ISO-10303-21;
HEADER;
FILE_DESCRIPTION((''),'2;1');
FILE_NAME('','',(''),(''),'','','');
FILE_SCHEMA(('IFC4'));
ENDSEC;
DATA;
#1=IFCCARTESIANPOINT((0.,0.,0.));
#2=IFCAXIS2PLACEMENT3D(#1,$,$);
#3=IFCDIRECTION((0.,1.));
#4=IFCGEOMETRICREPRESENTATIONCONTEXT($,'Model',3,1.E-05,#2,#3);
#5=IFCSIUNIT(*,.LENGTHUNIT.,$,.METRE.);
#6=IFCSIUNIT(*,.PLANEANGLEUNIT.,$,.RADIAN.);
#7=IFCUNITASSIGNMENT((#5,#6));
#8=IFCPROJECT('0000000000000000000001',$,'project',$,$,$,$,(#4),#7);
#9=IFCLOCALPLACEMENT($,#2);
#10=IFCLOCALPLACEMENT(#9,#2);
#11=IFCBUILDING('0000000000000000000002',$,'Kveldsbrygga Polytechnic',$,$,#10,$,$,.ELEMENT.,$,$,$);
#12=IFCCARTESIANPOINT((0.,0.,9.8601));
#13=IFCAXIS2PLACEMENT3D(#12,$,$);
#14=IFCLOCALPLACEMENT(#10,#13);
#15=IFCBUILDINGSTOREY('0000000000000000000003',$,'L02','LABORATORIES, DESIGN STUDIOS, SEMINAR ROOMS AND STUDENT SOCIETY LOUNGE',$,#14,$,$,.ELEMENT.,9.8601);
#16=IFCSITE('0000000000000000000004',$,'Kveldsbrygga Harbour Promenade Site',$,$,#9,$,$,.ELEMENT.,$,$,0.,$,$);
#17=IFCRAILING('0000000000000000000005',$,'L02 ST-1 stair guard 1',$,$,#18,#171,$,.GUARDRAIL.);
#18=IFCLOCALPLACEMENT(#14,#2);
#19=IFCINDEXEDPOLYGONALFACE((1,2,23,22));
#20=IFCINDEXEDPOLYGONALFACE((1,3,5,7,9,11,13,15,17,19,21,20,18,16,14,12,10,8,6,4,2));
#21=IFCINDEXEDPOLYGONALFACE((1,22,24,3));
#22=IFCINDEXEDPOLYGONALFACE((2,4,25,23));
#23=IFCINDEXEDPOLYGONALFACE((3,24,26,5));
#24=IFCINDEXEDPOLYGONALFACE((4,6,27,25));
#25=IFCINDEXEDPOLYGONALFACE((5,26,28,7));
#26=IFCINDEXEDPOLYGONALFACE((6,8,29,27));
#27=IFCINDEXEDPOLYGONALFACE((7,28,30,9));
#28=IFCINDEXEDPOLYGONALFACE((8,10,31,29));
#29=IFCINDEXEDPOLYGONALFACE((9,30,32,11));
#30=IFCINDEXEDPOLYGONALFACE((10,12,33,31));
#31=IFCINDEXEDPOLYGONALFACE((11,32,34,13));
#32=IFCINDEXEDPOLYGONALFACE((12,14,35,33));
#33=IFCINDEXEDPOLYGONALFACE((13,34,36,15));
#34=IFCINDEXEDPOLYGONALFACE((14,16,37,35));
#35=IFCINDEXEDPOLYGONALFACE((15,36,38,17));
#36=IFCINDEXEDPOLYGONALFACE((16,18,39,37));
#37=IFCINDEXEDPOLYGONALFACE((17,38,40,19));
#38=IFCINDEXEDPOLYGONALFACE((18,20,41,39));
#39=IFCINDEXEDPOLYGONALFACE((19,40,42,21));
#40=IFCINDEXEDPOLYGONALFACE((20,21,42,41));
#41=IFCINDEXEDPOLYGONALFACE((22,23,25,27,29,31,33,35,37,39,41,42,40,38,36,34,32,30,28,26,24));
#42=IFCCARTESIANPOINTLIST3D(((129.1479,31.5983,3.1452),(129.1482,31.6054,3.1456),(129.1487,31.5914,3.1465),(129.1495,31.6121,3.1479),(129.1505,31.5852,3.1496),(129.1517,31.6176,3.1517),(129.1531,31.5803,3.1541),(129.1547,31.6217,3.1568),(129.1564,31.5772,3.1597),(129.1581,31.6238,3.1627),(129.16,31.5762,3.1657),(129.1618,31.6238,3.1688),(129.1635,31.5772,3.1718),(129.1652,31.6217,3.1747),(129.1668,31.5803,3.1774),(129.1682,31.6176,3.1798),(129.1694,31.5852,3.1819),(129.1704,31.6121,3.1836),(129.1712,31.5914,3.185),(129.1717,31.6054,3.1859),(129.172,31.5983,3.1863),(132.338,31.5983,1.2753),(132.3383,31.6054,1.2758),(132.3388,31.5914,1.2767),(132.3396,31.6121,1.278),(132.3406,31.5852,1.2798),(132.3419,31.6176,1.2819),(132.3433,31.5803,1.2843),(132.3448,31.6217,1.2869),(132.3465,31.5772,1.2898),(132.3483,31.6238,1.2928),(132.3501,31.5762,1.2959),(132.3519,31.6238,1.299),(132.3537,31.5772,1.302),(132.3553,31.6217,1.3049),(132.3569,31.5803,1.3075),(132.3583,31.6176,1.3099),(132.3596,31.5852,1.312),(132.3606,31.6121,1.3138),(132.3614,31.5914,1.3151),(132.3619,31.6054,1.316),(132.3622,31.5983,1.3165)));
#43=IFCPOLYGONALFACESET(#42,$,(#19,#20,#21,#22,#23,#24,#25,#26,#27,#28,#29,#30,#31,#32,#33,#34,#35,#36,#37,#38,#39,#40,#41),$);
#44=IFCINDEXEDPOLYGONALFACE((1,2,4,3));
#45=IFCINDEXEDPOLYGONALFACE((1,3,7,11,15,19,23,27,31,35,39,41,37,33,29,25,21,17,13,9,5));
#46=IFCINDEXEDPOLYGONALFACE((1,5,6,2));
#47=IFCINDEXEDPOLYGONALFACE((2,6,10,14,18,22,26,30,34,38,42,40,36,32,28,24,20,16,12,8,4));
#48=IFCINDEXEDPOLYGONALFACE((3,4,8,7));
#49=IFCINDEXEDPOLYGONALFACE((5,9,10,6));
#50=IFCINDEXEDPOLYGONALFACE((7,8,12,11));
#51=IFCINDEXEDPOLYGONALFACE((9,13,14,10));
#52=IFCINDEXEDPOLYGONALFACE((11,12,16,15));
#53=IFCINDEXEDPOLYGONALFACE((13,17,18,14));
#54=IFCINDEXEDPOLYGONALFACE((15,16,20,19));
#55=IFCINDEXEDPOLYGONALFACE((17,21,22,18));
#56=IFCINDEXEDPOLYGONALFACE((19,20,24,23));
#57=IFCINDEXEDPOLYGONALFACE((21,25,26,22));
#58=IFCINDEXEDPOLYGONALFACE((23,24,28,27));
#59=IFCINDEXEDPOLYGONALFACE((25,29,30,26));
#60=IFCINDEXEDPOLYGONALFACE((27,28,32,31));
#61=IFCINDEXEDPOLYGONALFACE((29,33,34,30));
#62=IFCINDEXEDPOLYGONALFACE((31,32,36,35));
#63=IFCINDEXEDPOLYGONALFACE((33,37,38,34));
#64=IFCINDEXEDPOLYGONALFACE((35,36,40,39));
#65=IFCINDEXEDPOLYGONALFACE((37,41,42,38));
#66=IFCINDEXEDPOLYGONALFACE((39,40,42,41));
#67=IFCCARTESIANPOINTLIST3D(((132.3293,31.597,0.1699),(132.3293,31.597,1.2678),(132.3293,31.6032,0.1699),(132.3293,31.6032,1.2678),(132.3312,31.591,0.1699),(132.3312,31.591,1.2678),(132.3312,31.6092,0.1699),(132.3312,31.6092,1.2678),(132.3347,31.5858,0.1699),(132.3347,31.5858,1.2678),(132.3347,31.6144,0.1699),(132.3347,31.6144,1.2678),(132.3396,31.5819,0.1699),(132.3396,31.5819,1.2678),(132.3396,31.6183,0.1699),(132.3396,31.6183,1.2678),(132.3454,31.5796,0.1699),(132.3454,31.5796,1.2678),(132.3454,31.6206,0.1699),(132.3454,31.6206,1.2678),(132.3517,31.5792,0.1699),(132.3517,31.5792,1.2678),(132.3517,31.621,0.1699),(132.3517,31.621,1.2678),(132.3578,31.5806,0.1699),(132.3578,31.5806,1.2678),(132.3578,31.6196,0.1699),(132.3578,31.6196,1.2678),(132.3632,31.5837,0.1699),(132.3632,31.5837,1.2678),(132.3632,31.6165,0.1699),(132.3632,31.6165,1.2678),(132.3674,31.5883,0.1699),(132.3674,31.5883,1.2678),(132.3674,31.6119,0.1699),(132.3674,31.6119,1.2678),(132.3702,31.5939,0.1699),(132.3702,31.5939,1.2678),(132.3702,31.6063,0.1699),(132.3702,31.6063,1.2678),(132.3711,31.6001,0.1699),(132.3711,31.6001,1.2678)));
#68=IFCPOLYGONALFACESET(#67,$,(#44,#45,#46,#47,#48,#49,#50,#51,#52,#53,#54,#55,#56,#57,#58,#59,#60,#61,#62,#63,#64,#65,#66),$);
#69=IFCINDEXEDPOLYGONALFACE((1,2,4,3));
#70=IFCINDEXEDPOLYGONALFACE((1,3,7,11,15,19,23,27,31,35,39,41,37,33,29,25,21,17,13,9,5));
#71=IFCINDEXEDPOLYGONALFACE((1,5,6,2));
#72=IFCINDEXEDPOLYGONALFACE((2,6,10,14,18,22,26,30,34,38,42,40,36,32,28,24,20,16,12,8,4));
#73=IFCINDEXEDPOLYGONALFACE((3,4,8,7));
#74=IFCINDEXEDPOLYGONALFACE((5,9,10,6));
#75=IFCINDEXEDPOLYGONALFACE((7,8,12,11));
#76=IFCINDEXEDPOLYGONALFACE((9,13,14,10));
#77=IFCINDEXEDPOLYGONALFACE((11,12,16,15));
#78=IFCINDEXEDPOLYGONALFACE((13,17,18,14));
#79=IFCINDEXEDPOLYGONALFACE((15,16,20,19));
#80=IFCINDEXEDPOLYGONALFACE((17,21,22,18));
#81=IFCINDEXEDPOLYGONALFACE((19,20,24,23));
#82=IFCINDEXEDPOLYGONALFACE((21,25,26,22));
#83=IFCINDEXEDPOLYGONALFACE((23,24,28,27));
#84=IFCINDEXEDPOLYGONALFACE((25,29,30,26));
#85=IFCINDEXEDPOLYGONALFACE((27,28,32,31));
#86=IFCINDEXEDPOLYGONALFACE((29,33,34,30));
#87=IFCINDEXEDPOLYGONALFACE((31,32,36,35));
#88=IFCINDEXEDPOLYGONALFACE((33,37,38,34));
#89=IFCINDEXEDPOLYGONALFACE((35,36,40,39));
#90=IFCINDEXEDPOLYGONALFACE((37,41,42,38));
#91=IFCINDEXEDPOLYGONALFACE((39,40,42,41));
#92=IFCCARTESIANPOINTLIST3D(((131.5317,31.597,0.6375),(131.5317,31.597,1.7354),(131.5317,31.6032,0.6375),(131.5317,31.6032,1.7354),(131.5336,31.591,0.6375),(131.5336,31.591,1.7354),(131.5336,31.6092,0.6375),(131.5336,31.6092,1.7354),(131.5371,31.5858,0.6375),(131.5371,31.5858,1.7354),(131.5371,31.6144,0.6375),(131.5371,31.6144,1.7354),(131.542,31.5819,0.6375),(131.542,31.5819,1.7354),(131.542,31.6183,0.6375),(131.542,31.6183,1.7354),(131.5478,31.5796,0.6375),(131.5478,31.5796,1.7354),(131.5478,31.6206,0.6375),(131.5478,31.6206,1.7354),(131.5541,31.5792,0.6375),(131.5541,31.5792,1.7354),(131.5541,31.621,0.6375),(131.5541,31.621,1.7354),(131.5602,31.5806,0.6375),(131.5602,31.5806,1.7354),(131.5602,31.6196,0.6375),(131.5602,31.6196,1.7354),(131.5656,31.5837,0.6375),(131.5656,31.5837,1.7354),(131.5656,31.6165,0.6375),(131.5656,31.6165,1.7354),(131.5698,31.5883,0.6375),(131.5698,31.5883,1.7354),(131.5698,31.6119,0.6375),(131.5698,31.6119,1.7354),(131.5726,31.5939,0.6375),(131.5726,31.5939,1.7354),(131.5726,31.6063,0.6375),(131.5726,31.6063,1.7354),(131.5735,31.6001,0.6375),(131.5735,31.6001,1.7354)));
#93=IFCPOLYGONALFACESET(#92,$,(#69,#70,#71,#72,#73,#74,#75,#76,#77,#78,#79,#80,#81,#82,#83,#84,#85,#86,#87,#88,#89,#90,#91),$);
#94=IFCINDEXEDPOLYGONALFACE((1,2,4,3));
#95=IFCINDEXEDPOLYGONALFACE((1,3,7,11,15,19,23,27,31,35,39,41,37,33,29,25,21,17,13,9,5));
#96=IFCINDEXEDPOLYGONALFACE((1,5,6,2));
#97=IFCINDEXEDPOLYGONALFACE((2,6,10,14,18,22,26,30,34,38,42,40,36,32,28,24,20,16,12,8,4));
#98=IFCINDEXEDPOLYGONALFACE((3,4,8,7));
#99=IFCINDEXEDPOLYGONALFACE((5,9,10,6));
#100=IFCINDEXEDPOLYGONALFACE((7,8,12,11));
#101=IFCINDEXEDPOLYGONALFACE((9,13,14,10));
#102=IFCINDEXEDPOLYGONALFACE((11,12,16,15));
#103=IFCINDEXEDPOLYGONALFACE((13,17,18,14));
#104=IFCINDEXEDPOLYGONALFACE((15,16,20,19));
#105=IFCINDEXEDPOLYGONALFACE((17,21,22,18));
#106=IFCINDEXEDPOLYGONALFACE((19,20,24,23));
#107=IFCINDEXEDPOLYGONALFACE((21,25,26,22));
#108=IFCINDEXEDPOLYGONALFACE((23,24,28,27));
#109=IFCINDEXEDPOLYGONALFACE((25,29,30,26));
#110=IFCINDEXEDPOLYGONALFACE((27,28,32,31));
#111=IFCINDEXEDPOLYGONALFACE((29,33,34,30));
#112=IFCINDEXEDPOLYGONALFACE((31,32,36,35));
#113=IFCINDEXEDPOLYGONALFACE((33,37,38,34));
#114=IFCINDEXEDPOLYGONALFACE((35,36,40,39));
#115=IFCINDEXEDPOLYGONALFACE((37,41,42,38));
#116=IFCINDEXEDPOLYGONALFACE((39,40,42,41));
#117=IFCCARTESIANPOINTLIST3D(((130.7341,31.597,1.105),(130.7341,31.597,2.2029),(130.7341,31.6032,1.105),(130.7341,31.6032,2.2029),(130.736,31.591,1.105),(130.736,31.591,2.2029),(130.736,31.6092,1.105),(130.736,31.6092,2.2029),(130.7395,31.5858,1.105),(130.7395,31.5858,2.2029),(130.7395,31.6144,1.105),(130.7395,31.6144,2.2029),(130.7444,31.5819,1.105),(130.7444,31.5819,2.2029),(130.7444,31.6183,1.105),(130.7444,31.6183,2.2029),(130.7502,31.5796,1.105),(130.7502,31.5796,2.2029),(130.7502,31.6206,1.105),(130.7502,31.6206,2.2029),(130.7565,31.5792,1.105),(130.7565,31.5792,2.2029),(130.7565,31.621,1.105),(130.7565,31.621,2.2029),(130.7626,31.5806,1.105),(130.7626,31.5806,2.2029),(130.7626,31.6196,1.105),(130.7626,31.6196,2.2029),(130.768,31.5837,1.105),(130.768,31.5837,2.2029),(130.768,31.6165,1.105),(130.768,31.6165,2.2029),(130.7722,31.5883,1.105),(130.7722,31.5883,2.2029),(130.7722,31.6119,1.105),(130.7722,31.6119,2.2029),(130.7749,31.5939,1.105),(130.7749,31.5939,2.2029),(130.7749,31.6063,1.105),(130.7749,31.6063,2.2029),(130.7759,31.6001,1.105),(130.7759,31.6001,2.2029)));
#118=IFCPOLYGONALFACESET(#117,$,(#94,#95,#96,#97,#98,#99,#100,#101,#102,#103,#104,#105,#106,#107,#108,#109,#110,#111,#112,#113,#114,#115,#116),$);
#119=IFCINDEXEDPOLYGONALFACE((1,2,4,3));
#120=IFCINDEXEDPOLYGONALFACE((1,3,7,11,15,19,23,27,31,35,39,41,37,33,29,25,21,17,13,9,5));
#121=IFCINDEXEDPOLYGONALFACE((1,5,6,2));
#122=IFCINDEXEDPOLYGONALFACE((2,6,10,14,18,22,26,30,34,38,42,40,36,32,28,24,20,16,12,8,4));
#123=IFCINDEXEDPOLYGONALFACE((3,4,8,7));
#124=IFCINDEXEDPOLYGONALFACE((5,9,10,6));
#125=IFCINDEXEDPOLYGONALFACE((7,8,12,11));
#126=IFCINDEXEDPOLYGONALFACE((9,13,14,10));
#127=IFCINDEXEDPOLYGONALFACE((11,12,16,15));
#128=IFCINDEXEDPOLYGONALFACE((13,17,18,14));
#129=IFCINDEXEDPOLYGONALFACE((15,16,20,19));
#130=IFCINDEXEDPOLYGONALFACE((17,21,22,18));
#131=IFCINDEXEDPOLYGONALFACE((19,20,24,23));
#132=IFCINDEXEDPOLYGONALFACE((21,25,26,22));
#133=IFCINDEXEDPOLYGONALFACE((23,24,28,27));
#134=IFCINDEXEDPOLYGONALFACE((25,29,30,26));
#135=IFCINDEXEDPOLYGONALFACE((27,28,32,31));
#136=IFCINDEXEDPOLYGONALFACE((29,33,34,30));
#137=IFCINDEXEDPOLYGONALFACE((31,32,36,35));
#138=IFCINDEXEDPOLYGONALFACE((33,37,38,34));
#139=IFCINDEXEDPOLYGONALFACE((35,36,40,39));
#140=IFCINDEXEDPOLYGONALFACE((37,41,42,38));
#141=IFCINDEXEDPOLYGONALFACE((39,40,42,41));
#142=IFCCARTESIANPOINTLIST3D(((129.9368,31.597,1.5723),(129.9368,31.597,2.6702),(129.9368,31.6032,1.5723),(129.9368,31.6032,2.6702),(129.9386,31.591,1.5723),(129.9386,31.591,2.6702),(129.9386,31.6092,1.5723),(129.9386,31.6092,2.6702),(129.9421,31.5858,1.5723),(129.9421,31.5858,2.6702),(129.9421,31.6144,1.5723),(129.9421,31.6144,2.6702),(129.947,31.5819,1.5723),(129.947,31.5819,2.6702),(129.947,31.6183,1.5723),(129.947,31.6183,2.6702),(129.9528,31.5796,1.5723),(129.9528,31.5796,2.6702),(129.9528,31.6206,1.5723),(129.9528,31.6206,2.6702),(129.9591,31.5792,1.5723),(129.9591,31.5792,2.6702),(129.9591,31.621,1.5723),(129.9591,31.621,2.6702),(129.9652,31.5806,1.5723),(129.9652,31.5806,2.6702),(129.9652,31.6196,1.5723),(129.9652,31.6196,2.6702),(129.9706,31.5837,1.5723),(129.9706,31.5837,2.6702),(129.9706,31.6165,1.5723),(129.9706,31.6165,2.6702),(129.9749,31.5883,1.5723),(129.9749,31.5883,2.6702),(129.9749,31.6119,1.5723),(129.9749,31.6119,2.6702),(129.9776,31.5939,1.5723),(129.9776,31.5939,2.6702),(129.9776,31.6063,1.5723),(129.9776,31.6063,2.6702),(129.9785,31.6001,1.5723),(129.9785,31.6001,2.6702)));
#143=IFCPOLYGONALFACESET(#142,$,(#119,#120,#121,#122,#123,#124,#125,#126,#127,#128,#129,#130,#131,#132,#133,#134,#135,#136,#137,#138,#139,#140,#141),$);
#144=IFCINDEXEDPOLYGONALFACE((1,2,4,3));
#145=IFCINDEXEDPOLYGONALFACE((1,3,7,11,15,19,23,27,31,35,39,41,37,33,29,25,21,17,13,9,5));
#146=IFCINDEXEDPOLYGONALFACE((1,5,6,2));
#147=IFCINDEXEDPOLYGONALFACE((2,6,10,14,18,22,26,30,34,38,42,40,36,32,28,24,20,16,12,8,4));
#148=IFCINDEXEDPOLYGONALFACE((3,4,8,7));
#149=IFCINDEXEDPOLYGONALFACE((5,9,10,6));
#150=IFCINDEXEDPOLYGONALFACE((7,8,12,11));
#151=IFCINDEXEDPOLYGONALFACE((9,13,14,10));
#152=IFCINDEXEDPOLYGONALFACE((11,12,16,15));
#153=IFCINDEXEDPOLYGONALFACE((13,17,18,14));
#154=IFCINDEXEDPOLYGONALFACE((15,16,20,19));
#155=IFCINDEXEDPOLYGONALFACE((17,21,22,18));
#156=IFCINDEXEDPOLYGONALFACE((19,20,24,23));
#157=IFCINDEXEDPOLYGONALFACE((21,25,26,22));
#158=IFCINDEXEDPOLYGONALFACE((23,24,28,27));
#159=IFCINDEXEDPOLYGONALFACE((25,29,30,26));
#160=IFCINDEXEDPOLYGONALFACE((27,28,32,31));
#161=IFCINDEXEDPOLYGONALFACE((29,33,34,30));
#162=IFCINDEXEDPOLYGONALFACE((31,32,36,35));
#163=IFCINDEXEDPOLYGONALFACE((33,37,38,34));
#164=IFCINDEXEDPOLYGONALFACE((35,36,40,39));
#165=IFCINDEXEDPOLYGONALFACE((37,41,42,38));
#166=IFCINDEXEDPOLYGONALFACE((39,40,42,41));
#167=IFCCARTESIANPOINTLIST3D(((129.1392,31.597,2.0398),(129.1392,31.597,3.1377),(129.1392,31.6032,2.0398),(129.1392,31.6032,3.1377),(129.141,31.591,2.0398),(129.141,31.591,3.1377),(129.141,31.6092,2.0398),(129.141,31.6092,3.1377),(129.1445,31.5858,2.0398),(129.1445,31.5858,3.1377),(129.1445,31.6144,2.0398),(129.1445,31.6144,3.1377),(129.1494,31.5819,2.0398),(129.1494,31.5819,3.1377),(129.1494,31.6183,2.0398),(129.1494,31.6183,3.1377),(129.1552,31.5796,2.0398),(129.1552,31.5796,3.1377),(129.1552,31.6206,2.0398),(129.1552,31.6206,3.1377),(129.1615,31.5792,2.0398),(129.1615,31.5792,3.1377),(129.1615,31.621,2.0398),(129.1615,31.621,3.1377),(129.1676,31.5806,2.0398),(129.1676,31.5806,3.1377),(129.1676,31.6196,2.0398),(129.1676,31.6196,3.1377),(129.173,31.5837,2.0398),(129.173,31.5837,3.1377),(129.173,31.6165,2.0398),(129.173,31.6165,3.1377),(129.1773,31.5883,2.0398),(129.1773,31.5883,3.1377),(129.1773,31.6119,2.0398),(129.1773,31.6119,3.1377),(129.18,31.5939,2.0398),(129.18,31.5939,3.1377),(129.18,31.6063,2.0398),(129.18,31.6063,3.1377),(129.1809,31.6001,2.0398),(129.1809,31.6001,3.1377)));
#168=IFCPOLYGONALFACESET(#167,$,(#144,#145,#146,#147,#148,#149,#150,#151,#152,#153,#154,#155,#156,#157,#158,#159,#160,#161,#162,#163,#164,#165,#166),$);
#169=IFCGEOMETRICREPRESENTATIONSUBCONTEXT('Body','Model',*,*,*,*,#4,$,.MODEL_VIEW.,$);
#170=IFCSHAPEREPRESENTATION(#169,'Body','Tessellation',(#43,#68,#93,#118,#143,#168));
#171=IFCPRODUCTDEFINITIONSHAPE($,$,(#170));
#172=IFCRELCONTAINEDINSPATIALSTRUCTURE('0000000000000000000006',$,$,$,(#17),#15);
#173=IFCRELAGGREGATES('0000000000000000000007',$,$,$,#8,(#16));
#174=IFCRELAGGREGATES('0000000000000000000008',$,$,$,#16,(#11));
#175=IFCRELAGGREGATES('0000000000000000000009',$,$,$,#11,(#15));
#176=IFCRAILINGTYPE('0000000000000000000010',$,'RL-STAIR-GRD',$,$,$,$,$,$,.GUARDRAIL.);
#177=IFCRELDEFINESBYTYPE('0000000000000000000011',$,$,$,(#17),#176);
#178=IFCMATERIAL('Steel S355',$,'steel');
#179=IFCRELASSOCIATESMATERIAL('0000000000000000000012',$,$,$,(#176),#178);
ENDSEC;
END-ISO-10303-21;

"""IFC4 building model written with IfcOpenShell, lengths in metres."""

from ifc_helpers import new_model, si_unit, direction, frame, origin, origin_2d, place, context, subcontext, project, spatial, circle, extrude, material, type_object, element, save


model = new_model("IFC4")

# Units and contexts
model_context = context("Model", 3, precision=1e-05, world=origin(), true_north=direction((0.0, 1.0)))
body_context = subcontext(model_context, "Body", "Model", "MODEL_VIEW")
ifc_project = project(units=[si_unit("LENGTHUNIT", "METRE"), si_unit("PLANEANGLEUNIT", "RADIAN")], contexts=[model_context])

# Site, building, storey
site_placement = place(None, origin())
site = spatial("IfcSite", under=ifc_project, at=site_placement, Name="Kveldsbrygga Harbour Promenade Site", CompositionType="ELEMENT", RefElevation=0.0)
building_placement = place(site_placement, origin())
building = spatial("IfcBuilding", under=site, at=building_placement, Name="Kveldsbrygga Polytechnic", CompositionType="ELEMENT")
storey_placement = place(building_placement, frame((0.0, 0.0, 9.8601)))
storey = spatial("IfcBuildingStorey", under=building, at=storey_placement, Name="L02", Description="LABORATORIES, DESIGN STUDIOS, SEMINAR ROOMS AND STUDENT SOCIETY LOUNGE", CompositionType="ELEMENT", Elevation=9.8601)

# Shared definitions
ifc_material_1 = material(Name="Steel S355", Category="steel")

# Railing
railing_type_1 = type_object("IfcRailingType", Name="RL-STAIR-GRD", PredefinedType="GUARDRAIL", material=ifc_material_1)
railing_1_placement = place(storey_placement, frame((132.3501, 31.6001, 0.1699)))
element("IfcRailing", 1, at=railing_1_placement, inside=storey, type_object=railing_type_1, Name="L02 ST-1 stair guard 1", PredefinedType="GUARDRAIL", context=body_context, shape_type="SweptSolid", body=[
    extrude(circle(Radius=0.0239, at=origin_2d()), frame((0.0, 0.0, 1.126), z_axis=(-0.862726, 0.0, 0.505672), x_axis=(0.0, -1.0, 0.0)), (0.0, 0.0, 1.0), 3.6978),
    extrude(circle(Radius=0.021, at=origin_2d()), origin(), (0.0, 0.0, 1.0), 1.0979),
    extrude(circle(Radius=0.021, at=origin_2d()), frame((-0.7976, 0.0, 0.4675)), (0.0, 0.0, 1.0), 1.0979),
    extrude(circle(Radius=0.021, at=origin_2d()), frame((-1.5952, 0.0, 0.9351)), (0.0, 0.0, 1.0), 1.0979),
    extrude(circle(Radius=0.021, at=origin_2d()), frame((-2.3926, 0.0, 1.4023)), (0.0, 0.0, 1.0), 1.0979),
    extrude(circle(Radius=0.021, at=origin_2d()), frame((-3.1902, 0.0, 1.8699)), (0.0, 0.0, 1.0), 1.0979),
])

save(model, "model.ifc")
